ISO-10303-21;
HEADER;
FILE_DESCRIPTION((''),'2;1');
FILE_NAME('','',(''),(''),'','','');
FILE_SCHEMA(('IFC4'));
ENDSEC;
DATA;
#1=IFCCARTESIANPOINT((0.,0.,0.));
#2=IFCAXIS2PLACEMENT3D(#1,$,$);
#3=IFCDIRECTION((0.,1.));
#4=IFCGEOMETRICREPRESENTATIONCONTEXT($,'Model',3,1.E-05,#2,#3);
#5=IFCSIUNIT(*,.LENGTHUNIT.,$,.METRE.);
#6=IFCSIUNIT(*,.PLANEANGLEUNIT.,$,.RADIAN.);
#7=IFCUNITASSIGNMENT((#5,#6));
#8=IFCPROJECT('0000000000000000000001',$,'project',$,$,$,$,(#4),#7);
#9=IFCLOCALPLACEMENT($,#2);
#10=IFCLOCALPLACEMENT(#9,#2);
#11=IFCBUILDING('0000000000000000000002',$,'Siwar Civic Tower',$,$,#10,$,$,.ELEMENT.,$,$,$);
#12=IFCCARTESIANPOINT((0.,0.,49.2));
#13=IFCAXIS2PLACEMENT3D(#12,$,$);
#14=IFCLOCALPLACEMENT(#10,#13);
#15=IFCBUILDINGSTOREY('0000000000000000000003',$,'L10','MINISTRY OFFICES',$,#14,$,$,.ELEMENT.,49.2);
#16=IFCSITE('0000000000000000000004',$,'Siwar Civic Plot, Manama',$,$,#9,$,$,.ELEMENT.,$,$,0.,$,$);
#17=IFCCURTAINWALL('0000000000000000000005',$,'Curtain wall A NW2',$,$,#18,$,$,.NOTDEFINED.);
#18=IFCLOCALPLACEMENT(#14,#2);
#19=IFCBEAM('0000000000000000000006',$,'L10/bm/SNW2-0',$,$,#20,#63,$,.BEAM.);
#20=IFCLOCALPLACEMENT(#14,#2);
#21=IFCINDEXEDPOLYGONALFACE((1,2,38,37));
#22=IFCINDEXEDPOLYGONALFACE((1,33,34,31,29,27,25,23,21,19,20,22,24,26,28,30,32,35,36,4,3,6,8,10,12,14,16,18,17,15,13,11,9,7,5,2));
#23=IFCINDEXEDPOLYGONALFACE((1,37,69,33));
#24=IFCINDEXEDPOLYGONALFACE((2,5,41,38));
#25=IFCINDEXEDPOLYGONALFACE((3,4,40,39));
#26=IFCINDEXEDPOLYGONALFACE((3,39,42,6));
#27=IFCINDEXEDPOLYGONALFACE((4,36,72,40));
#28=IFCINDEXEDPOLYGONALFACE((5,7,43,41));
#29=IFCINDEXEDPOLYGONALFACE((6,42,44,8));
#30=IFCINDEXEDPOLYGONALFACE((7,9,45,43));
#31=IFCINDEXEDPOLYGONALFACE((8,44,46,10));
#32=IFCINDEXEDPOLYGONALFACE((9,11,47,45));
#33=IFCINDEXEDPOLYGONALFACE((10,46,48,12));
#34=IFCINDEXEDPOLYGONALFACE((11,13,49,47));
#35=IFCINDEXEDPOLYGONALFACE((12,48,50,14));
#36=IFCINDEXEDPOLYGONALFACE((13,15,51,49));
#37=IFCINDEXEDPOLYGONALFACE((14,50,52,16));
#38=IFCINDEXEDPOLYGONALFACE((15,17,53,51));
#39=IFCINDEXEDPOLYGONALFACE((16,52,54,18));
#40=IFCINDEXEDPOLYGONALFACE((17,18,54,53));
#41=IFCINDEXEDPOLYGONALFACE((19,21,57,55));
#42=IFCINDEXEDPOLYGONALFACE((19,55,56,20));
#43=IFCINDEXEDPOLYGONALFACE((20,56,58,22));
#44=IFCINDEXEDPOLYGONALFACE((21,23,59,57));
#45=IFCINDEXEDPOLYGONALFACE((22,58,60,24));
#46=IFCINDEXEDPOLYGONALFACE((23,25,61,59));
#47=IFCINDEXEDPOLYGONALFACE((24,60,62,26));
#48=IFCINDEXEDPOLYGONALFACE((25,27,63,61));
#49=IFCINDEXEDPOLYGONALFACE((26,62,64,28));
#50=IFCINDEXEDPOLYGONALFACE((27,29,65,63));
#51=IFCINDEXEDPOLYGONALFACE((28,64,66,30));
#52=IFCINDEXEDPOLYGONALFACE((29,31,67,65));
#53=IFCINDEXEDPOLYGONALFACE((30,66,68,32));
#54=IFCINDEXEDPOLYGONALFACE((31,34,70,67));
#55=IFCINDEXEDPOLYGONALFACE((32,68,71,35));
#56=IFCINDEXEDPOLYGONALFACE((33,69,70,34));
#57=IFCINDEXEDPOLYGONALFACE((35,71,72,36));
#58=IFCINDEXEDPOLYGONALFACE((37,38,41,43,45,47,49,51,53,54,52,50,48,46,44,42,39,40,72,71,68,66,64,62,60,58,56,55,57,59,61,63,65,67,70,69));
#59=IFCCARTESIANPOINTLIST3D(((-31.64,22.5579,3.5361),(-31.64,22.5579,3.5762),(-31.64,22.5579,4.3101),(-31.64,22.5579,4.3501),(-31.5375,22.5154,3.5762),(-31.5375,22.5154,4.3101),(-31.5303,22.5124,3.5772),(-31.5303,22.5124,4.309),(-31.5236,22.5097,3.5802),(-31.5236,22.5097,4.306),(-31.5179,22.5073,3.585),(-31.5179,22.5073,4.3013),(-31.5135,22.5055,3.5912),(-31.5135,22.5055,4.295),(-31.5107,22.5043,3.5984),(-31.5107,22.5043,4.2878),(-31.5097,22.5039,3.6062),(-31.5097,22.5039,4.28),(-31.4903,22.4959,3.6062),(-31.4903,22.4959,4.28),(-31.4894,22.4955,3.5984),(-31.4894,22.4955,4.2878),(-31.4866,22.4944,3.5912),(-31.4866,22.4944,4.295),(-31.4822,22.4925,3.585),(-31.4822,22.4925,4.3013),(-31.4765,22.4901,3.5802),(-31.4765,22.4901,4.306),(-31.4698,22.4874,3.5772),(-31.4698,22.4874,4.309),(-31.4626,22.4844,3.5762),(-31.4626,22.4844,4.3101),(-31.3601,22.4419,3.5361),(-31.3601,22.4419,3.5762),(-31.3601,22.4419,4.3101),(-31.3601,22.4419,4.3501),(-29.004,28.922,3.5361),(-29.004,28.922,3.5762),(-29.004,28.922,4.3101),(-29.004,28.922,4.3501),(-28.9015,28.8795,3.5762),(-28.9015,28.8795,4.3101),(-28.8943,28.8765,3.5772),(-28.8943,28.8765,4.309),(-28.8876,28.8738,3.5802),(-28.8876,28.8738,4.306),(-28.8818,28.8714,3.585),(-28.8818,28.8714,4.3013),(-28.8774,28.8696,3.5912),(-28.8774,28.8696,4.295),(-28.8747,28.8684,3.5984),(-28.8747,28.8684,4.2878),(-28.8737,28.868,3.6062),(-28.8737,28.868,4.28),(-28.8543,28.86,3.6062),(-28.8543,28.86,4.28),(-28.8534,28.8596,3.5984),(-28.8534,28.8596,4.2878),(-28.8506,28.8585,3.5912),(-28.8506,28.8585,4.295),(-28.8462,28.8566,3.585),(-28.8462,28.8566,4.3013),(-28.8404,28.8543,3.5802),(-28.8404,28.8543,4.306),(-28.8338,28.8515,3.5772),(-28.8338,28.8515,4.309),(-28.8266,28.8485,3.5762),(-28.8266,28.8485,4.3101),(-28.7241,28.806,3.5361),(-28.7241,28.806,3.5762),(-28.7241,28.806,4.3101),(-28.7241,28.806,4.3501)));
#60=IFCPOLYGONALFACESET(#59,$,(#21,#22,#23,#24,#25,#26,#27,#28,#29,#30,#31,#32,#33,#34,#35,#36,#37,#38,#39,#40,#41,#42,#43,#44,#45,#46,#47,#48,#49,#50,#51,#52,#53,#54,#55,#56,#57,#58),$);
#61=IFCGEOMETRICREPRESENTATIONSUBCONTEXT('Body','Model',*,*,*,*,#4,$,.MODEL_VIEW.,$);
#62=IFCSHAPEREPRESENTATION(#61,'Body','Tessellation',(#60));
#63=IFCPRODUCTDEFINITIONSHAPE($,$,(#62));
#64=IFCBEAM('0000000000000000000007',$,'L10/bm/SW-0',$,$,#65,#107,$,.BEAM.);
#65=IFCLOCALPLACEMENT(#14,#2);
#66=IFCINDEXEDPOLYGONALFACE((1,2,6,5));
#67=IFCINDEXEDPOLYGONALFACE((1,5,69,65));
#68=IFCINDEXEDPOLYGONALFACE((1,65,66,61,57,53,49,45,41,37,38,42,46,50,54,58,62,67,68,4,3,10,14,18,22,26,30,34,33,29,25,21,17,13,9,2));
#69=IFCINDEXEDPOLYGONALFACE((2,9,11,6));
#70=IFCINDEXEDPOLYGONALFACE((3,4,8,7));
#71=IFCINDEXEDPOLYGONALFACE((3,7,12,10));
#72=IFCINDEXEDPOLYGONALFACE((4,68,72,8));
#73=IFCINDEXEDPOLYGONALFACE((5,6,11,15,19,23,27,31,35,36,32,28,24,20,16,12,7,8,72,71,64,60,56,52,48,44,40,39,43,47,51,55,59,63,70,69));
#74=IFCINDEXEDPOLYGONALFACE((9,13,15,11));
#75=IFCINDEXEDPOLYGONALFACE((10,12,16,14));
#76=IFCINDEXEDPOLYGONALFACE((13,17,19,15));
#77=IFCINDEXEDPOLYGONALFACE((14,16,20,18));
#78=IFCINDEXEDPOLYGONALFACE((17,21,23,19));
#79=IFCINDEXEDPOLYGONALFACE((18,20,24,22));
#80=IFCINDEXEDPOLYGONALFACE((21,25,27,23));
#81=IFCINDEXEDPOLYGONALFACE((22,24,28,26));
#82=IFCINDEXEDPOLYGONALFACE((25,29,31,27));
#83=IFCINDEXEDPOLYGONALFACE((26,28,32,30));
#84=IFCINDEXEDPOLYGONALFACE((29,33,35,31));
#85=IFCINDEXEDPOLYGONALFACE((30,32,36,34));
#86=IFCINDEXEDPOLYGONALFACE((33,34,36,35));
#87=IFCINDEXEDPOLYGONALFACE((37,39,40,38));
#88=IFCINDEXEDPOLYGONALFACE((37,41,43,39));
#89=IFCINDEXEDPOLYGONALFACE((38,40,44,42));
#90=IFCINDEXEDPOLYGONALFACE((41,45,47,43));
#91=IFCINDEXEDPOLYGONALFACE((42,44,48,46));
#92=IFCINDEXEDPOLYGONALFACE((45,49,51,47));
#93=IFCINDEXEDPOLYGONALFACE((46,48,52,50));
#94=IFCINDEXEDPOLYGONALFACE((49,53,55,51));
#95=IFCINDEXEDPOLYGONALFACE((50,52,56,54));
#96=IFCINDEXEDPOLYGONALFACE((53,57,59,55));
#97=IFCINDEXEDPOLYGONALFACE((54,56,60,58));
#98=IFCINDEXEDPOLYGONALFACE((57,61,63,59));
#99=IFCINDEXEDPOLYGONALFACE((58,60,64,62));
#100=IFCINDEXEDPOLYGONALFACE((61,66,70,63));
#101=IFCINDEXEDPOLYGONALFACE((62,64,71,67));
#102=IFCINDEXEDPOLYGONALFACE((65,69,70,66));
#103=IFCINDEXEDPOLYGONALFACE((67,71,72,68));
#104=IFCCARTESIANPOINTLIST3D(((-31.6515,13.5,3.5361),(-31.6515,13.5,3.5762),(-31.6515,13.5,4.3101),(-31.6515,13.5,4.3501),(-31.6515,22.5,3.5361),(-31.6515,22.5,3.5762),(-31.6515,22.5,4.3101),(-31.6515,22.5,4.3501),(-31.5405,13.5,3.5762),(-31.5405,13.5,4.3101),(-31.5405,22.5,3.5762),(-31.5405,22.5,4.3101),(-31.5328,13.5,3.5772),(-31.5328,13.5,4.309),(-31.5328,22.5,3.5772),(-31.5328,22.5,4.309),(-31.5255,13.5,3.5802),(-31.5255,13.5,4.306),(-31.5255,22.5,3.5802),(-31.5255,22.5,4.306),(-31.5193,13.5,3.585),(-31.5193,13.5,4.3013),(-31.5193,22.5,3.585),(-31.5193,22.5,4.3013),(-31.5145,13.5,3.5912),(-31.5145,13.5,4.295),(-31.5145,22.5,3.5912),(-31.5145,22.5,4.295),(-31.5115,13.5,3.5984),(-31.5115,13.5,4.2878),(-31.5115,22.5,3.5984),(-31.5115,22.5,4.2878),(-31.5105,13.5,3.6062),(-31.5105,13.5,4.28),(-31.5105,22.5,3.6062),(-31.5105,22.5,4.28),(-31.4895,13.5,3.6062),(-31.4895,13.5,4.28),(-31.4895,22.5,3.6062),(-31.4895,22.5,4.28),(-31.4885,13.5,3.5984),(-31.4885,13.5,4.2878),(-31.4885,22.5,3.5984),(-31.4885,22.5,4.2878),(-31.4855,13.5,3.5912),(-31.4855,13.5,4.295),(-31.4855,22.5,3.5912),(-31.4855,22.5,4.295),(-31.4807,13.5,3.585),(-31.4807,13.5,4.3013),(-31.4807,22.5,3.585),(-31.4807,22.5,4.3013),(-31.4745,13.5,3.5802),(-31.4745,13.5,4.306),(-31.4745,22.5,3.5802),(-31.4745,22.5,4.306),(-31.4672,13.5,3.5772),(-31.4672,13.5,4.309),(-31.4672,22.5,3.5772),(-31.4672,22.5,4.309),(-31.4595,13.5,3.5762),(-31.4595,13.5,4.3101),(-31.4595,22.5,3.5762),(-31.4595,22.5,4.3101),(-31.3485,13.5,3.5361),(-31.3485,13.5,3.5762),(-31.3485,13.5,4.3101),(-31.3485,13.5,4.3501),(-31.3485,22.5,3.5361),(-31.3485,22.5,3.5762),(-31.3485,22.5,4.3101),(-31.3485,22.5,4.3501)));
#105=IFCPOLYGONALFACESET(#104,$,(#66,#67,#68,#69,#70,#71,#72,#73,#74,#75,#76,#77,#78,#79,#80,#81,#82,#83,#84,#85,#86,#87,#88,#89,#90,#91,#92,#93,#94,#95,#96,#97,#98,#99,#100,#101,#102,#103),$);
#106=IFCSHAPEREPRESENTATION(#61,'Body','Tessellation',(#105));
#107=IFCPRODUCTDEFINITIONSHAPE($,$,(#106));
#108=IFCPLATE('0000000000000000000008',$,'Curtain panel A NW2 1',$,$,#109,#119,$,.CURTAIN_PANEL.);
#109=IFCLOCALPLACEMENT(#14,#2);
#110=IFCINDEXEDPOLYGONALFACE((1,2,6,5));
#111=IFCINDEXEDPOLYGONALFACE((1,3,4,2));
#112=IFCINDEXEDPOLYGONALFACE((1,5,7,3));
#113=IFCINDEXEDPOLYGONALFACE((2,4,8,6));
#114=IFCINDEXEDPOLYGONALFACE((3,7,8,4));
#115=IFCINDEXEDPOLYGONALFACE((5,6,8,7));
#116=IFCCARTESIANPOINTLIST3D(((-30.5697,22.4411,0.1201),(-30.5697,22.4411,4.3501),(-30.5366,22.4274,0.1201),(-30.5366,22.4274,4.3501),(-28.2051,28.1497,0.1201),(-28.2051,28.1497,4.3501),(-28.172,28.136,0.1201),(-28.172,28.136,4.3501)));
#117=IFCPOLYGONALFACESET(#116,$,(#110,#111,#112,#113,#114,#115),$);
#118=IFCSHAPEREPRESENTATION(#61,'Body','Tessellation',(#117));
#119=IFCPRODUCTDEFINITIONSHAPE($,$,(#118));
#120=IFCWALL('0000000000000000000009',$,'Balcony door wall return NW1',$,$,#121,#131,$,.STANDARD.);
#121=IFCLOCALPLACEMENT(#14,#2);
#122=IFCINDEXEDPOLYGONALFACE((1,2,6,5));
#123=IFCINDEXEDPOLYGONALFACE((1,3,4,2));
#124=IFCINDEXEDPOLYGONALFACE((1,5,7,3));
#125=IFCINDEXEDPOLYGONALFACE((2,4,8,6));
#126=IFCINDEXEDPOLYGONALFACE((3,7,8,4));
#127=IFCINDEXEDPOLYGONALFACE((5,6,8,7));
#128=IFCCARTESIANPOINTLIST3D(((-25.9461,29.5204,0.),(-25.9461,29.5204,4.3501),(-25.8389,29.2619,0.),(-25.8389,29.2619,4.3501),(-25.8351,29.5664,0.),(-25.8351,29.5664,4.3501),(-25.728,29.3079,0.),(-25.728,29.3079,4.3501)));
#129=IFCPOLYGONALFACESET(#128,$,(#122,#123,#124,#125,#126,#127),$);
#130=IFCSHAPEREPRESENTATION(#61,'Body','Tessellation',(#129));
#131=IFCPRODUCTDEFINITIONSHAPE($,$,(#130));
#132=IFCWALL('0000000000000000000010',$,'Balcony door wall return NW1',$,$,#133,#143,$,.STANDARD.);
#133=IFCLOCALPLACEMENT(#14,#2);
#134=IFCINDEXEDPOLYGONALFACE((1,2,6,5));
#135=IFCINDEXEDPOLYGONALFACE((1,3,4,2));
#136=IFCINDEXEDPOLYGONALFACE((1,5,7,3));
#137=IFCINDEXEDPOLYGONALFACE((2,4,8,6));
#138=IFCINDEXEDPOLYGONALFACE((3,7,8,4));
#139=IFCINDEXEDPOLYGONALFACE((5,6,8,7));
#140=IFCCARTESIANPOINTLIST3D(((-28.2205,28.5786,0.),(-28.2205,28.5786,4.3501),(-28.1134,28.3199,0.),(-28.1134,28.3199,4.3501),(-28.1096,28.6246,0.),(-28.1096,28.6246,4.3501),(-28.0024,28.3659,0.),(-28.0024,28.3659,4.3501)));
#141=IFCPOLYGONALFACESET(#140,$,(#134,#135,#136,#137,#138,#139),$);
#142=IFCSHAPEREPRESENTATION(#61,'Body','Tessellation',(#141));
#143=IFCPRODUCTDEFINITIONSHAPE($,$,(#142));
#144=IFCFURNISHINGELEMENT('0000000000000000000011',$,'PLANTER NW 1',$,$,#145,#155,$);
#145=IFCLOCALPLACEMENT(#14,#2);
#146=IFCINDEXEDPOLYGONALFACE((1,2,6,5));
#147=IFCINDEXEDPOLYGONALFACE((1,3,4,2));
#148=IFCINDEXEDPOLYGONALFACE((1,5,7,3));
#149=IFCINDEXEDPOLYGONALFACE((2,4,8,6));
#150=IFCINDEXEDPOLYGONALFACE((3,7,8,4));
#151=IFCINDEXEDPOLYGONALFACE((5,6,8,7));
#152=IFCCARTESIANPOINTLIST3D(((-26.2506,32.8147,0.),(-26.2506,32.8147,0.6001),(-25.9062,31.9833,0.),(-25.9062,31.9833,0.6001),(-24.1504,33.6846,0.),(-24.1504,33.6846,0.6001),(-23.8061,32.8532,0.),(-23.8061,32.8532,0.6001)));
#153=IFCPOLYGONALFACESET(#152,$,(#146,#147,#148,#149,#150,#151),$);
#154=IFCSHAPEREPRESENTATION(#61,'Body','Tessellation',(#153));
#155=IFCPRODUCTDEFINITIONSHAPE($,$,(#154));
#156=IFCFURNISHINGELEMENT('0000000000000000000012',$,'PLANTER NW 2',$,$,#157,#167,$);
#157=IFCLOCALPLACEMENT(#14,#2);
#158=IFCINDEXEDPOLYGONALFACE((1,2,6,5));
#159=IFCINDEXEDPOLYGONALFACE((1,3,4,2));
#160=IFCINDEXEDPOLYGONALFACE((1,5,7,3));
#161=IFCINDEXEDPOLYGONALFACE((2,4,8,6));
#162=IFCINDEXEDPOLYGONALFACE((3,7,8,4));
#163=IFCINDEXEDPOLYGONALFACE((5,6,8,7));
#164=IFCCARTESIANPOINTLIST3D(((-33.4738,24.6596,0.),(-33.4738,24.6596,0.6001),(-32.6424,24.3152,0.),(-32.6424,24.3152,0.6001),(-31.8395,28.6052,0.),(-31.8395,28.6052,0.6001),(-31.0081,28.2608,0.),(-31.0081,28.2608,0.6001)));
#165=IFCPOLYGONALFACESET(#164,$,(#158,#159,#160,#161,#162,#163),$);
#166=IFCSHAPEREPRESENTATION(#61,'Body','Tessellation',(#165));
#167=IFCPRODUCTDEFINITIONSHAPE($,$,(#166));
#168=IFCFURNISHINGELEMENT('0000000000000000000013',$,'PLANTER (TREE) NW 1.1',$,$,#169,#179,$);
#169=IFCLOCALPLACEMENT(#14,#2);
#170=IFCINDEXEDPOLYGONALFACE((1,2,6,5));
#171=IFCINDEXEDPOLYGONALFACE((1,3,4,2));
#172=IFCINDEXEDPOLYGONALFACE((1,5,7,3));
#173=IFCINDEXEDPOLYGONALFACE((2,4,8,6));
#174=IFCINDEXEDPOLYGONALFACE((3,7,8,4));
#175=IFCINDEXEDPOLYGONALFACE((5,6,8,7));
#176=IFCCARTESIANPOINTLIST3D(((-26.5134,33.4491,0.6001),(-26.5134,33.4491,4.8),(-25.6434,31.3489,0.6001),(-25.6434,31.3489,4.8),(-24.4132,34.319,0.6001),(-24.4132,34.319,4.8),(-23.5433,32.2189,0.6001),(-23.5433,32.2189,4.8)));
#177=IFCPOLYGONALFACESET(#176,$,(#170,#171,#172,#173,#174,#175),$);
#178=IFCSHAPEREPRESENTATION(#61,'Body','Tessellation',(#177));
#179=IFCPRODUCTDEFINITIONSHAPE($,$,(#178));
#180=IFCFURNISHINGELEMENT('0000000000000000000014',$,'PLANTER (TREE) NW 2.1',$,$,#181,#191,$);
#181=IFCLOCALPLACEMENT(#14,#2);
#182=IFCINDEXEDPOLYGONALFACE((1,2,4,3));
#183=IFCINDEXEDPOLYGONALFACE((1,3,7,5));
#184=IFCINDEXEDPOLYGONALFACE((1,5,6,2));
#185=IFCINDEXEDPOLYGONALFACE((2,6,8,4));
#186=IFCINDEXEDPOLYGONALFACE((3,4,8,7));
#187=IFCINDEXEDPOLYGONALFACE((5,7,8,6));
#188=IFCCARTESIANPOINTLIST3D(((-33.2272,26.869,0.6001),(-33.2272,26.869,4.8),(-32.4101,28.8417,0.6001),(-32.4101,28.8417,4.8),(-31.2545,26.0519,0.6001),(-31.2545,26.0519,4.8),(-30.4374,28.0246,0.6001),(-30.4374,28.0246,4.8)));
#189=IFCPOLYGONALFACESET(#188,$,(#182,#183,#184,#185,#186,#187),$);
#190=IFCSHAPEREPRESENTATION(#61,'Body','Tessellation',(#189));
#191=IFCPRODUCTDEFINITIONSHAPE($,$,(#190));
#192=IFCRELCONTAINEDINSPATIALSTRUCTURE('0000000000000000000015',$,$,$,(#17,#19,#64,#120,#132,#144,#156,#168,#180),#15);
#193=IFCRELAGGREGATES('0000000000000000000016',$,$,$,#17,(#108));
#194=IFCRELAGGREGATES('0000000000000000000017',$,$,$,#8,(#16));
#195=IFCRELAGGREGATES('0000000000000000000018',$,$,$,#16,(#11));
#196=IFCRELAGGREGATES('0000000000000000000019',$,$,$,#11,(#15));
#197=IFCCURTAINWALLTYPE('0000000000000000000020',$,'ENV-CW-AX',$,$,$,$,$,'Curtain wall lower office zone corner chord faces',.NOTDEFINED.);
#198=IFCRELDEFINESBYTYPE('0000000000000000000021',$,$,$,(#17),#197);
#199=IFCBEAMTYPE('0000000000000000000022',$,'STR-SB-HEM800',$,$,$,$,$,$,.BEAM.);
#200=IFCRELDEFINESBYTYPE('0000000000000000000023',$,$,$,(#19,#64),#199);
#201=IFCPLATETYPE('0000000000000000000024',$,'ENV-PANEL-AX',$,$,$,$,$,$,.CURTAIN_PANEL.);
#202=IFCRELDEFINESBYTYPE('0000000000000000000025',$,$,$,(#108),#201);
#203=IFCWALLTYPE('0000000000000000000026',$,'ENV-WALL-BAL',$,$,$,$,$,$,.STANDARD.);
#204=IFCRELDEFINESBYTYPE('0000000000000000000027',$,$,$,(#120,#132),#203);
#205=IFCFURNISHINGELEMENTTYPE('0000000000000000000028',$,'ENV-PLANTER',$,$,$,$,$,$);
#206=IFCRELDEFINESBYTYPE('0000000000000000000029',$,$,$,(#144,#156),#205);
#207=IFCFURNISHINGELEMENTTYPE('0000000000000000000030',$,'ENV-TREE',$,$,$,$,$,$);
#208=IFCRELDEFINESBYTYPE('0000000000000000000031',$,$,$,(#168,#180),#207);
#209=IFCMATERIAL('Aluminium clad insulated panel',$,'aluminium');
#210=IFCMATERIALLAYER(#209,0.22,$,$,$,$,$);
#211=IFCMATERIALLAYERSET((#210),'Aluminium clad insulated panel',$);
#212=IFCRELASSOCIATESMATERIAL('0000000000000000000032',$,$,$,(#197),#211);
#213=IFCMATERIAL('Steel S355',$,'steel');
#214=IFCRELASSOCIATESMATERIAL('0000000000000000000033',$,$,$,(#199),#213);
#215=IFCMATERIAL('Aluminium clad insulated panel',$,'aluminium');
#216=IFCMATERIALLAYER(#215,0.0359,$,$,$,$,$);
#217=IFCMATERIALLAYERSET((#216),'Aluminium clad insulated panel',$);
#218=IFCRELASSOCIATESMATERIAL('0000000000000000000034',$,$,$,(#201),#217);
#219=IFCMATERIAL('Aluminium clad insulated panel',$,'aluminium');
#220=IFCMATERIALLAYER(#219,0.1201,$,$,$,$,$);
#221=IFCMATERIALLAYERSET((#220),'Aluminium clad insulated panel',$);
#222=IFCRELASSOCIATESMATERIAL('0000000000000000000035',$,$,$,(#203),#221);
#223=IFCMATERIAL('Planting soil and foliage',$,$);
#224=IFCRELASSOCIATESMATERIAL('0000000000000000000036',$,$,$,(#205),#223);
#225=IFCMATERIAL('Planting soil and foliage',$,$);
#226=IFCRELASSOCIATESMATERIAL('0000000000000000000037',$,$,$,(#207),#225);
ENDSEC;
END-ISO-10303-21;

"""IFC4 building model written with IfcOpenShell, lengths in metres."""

from ifc_helpers import new_model, si_unit, direction, frame, frame_2d, origin, origin_2d, place, context, subcontext, project, spatial, rectangle, i_section, extrude, material, layer, layer_set, material_profile, profile_set, type_object, element, aggregate, save


model = new_model("IFC4")

# Units and contexts
model_context = context("Model", 3, precision=1e-05, world=origin(), true_north=direction((0.0, 1.0)))
body_context = subcontext(model_context, "Body", "Model", "MODEL_VIEW")
ifc_project = project(units=[si_unit("LENGTHUNIT", "METRE"), si_unit("PLANEANGLEUNIT", "RADIAN")], contexts=[model_context])

# Site, building, storey
site_placement = place(None, origin())
site = spatial("IfcSite", under=ifc_project, at=site_placement, Name="Siwar Civic Plot, Manama", CompositionType="ELEMENT", RefElevation=0.0)
building_placement = place(site_placement, origin())
building = spatial("IfcBuilding", under=site, at=building_placement, Name="Siwar Civic Tower", CompositionType="ELEMENT")
storey_placement = place(building_placement, frame((0.0, 0.0, 49.2)))
storey = spatial("IfcBuildingStorey", under=building, at=storey_placement, Name="L10", Description="MINISTRY OFFICES", CompositionType="ELEMENT", Elevation=49.2)

# Curtain wall
ifc_material_1 = material(Name="Aluminium clad insulated panel", Category="aluminium")
ifc_layer_1 = layer(ifc_material_1, 0.22)
ifc_layer_set_1 = layer_set([ifc_layer_1], Name="Aluminium clad insulated panel")
curtain_wall_type_1 = type_object("IfcCurtainWallType", Name="ENV-CW-AX", ElementType="Curtain wall lower office zone corner chord faces", PredefinedType="NOTDEFINED", material=ifc_layer_set_1)
curtain_wall_1_placement = place(storey_placement, origin())
curtain_wall_1 = element("IfcCurtainWall", 1, at=curtain_wall_1_placement, inside=storey, type_object=curtain_wall_type_1, Name="Curtain wall A NW2", PredefinedType="NOTDEFINED")

# Beams
ifc_material_2 = material(Name="Steel S355", Category="steel")
ifc_material_profile_1 = material_profile(ifc_material_2, i_section(OverallWidth=0.303, OverallDepth=0.814, WebThickness=0.021, FlangeThickness=0.04, FilletRadius=0.03, at=origin_2d()), Name="HEM800")
ifc_profile_set_1 = profile_set([ifc_material_profile_1], Name="Steel S355")
beam_type_1 = type_object("IfcBeamType", Name="STR-SB-HEM800", PredefinedType="BEAM", material=ifc_profile_set_1)
beam_1_placement = place(storey_placement, frame((-28.864, 28.864, 3.9431), z_axis=(-0.382674, -0.923883, 0.0), x_axis=(0.923883, -0.382674, 0.0)))
element("IfcBeam", 2, at=beam_1_placement, inside=storey, type_object=beam_type_1, Name="L10/bm/SNW2-0", PredefinedType="BEAM", context=body_context, shape_type="SweptSolid", body=[
    extrude(i_section(OverallWidth=0.303, OverallDepth=0.814, WebThickness=0.021, FlangeThickness=0.04, FilletRadius=0.03, at=origin_2d()), origin(), (0.0, 0.0, 1.0), 6.8884),
])
beam_2_placement = place(storey_placement, frame((-31.5, 22.5, 3.9431), z_axis=(0.0, -1.0, 0.0), x_axis=(1.0, 0.0, 0.0)))
element("IfcBeam", 3, at=beam_2_placement, inside=storey, type_object=beam_type_1, Name="L10/bm/SW-0", PredefinedType="BEAM", context=body_context, shape_type="SweptSolid", body=[
    extrude(i_section(OverallWidth=0.303, OverallDepth=0.814, WebThickness=0.021, FlangeThickness=0.04, FilletRadius=0.03, at=origin_2d()), origin(), (0.0, 0.0, 1.0), 9.0),
])

# Plate
ifc_material_3 = material(Name="Aluminium clad insulated panel", Category="aluminium")
ifc_layer_2 = layer(ifc_material_3, 0.0359)
ifc_layer_set_2 = layer_set([ifc_layer_2], Name="Aluminium clad insulated panel")
plate_type = type_object("IfcPlateType", Name="ENV-PANEL-AX", PredefinedType="CURTAIN_PANEL", material=ifc_layer_set_2)
plate_placement = place(storey_placement, frame((-29.3708, 25.2886, 0.1201), z_axis=(0.0, 0.0, 1.0), x_axis=(-0.382683, -0.92388, 0.0)))
plate = element("IfcPlate", 4, at=plate_placement, type_object=plate_type, Name="Curtain panel A NW2 1", PredefinedType="CURTAIN_PANEL", context=body_context, shape_type="SweptSolid", body=[
    extrude(rectangle(XDim=6.179, YDim=0.0359, at=origin_2d()), origin(), (0.0, 0.0, 1.0), 4.23),
])
aggregate(curtain_wall_1, [plate])

# Walls
ifc_material_4 = material(Name="Aluminium clad insulated panel", Category="aluminium")
ifc_layer_3 = layer(ifc_material_4, 0.1201)
ifc_layer_set_3 = layer_set([ifc_layer_3], Name="Aluminium clad insulated panel")
wall_type = type_object("IfcWallType", Name="ENV-WALL-BAL", PredefinedType="STANDARD", material=ifc_layer_set_3)
wall_1_placement = place(storey_placement, frame((-25.7834, 29.2849, 0.0), z_axis=(0.0, 0.0, 1.0), x_axis=(-0.382942, 0.923772, 0.0)))
element("IfcWall", 5, at=wall_1_placement, inside=storey, type_object=wall_type, Name="Balcony door wall return NW1", PredefinedType="STANDARD", context=body_context, shape_type="SweptSolid", body=[
    extrude(rectangle(XDim=0.2798, YDim=0.1201, at=frame_2d((0.1399, 0.0))), origin(), (0.0, 0.0, 1.0), 4.3501),
])
wall_2_placement = place(storey_placement, frame((-28.0579, 28.3428, 0.0), z_axis=(0.0, 0.0, 1.0), x_axis=(-0.382634, 0.9239, 0.0)))
element("IfcWall", 6, at=wall_2_placement, inside=storey, type_object=wall_type, Name="Balcony door wall return NW1", PredefinedType="STANDARD", context=body_context, shape_type="SweptSolid", body=[
    extrude(rectangle(XDim=0.28, YDim=0.1201, at=frame_2d((0.1401, 0.0))), origin(), (0.0, 0.0, 1.0), 4.3501),
])

# Furnishing elements
ifc_material_5 = material(Name="Planting soil and foliage")
furnishing_element_type_1 = type_object("IfcFurnishingElementType", Name="ENV-PLANTER", material=ifc_material_5)
furnishing_1_placement = place(storey_placement, frame((-25.0283, 32.834, 0.0), z_axis=(0.0, 0.0, 1.0), x_axis=(-0.92388, -0.382683, 0.0)))
element("IfcFurnishingElement", 7, at=furnishing_1_placement, inside=storey, type_object=furnishing_element_type_1, Name="PLANTER NW 1", context=body_context, shape_type="SweptSolid", body=[
    extrude(rectangle(XDim=2.2732, YDim=0.8999, at=origin_2d()), origin(), (0.0, 0.0, 1.0), 0.6001),
])
furnishing_2_placement = place(storey_placement, frame((-32.241, 26.4602, 0.0), z_axis=(0.0, 0.0, 1.0), x_axis=(-0.382683, -0.92388, 0.0)))
element("IfcFurnishingElement", 8, at=furnishing_2_placement, inside=storey, type_object=furnishing_element_type_1, Name="PLANTER NW 2", context=body_context, shape_type="SweptSolid", body=[
    extrude(rectangle(XDim=4.2708, YDim=0.8999, at=origin_2d()), origin(), (0.0, 0.0, 1.0), 0.6001),
])
ifc_material_6 = material(Name="Planting soil and foliage")
furnishing_element_type_2 = type_object("IfcFurnishingElementType", Name="ENV-TREE", material=ifc_material_6)
furnishing_3_placement = place(storey_placement, frame((-25.0283, 32.834, 0.6001), z_axis=(0.0, 0.0, 1.0), x_axis=(-0.92388, -0.382683, 0.0)))
element("IfcFurnishingElement", 9, at=furnishing_3_placement, inside=storey, type_object=furnishing_element_type_2, Name="PLANTER (TREE) NW 1.1", context=body_context, shape_type="SweptSolid", body=[
    extrude(rectangle(XDim=2.2732, YDim=2.2732, at=origin_2d()), origin(), (0.0, 0.0, 1.0), 4.2),
])
for number, where, z_axis, x_axis, name in (
    (10, (-31.8323, 27.4468, 0.6001), (0.0, 0.0, 1.0), (-0.382683, -0.92388, 0.0), "PLANTER (TREE) NW 2.1"),
):
    element("IfcFurnishingElement", number, at=place(storey_placement, frame(where, z_axis=z_axis, x_axis=x_axis)), inside=storey, type_object=furnishing_element_type_2, Name=name, context=body_context, shape_type="SweptSolid", body=[
        extrude(rectangle(XDim=2.1353, YDim=2.1353, at=origin_2d()), origin(), (0.0, 0.0, 1.0), 4.2),
    ])

save(model, "model.ifc")
